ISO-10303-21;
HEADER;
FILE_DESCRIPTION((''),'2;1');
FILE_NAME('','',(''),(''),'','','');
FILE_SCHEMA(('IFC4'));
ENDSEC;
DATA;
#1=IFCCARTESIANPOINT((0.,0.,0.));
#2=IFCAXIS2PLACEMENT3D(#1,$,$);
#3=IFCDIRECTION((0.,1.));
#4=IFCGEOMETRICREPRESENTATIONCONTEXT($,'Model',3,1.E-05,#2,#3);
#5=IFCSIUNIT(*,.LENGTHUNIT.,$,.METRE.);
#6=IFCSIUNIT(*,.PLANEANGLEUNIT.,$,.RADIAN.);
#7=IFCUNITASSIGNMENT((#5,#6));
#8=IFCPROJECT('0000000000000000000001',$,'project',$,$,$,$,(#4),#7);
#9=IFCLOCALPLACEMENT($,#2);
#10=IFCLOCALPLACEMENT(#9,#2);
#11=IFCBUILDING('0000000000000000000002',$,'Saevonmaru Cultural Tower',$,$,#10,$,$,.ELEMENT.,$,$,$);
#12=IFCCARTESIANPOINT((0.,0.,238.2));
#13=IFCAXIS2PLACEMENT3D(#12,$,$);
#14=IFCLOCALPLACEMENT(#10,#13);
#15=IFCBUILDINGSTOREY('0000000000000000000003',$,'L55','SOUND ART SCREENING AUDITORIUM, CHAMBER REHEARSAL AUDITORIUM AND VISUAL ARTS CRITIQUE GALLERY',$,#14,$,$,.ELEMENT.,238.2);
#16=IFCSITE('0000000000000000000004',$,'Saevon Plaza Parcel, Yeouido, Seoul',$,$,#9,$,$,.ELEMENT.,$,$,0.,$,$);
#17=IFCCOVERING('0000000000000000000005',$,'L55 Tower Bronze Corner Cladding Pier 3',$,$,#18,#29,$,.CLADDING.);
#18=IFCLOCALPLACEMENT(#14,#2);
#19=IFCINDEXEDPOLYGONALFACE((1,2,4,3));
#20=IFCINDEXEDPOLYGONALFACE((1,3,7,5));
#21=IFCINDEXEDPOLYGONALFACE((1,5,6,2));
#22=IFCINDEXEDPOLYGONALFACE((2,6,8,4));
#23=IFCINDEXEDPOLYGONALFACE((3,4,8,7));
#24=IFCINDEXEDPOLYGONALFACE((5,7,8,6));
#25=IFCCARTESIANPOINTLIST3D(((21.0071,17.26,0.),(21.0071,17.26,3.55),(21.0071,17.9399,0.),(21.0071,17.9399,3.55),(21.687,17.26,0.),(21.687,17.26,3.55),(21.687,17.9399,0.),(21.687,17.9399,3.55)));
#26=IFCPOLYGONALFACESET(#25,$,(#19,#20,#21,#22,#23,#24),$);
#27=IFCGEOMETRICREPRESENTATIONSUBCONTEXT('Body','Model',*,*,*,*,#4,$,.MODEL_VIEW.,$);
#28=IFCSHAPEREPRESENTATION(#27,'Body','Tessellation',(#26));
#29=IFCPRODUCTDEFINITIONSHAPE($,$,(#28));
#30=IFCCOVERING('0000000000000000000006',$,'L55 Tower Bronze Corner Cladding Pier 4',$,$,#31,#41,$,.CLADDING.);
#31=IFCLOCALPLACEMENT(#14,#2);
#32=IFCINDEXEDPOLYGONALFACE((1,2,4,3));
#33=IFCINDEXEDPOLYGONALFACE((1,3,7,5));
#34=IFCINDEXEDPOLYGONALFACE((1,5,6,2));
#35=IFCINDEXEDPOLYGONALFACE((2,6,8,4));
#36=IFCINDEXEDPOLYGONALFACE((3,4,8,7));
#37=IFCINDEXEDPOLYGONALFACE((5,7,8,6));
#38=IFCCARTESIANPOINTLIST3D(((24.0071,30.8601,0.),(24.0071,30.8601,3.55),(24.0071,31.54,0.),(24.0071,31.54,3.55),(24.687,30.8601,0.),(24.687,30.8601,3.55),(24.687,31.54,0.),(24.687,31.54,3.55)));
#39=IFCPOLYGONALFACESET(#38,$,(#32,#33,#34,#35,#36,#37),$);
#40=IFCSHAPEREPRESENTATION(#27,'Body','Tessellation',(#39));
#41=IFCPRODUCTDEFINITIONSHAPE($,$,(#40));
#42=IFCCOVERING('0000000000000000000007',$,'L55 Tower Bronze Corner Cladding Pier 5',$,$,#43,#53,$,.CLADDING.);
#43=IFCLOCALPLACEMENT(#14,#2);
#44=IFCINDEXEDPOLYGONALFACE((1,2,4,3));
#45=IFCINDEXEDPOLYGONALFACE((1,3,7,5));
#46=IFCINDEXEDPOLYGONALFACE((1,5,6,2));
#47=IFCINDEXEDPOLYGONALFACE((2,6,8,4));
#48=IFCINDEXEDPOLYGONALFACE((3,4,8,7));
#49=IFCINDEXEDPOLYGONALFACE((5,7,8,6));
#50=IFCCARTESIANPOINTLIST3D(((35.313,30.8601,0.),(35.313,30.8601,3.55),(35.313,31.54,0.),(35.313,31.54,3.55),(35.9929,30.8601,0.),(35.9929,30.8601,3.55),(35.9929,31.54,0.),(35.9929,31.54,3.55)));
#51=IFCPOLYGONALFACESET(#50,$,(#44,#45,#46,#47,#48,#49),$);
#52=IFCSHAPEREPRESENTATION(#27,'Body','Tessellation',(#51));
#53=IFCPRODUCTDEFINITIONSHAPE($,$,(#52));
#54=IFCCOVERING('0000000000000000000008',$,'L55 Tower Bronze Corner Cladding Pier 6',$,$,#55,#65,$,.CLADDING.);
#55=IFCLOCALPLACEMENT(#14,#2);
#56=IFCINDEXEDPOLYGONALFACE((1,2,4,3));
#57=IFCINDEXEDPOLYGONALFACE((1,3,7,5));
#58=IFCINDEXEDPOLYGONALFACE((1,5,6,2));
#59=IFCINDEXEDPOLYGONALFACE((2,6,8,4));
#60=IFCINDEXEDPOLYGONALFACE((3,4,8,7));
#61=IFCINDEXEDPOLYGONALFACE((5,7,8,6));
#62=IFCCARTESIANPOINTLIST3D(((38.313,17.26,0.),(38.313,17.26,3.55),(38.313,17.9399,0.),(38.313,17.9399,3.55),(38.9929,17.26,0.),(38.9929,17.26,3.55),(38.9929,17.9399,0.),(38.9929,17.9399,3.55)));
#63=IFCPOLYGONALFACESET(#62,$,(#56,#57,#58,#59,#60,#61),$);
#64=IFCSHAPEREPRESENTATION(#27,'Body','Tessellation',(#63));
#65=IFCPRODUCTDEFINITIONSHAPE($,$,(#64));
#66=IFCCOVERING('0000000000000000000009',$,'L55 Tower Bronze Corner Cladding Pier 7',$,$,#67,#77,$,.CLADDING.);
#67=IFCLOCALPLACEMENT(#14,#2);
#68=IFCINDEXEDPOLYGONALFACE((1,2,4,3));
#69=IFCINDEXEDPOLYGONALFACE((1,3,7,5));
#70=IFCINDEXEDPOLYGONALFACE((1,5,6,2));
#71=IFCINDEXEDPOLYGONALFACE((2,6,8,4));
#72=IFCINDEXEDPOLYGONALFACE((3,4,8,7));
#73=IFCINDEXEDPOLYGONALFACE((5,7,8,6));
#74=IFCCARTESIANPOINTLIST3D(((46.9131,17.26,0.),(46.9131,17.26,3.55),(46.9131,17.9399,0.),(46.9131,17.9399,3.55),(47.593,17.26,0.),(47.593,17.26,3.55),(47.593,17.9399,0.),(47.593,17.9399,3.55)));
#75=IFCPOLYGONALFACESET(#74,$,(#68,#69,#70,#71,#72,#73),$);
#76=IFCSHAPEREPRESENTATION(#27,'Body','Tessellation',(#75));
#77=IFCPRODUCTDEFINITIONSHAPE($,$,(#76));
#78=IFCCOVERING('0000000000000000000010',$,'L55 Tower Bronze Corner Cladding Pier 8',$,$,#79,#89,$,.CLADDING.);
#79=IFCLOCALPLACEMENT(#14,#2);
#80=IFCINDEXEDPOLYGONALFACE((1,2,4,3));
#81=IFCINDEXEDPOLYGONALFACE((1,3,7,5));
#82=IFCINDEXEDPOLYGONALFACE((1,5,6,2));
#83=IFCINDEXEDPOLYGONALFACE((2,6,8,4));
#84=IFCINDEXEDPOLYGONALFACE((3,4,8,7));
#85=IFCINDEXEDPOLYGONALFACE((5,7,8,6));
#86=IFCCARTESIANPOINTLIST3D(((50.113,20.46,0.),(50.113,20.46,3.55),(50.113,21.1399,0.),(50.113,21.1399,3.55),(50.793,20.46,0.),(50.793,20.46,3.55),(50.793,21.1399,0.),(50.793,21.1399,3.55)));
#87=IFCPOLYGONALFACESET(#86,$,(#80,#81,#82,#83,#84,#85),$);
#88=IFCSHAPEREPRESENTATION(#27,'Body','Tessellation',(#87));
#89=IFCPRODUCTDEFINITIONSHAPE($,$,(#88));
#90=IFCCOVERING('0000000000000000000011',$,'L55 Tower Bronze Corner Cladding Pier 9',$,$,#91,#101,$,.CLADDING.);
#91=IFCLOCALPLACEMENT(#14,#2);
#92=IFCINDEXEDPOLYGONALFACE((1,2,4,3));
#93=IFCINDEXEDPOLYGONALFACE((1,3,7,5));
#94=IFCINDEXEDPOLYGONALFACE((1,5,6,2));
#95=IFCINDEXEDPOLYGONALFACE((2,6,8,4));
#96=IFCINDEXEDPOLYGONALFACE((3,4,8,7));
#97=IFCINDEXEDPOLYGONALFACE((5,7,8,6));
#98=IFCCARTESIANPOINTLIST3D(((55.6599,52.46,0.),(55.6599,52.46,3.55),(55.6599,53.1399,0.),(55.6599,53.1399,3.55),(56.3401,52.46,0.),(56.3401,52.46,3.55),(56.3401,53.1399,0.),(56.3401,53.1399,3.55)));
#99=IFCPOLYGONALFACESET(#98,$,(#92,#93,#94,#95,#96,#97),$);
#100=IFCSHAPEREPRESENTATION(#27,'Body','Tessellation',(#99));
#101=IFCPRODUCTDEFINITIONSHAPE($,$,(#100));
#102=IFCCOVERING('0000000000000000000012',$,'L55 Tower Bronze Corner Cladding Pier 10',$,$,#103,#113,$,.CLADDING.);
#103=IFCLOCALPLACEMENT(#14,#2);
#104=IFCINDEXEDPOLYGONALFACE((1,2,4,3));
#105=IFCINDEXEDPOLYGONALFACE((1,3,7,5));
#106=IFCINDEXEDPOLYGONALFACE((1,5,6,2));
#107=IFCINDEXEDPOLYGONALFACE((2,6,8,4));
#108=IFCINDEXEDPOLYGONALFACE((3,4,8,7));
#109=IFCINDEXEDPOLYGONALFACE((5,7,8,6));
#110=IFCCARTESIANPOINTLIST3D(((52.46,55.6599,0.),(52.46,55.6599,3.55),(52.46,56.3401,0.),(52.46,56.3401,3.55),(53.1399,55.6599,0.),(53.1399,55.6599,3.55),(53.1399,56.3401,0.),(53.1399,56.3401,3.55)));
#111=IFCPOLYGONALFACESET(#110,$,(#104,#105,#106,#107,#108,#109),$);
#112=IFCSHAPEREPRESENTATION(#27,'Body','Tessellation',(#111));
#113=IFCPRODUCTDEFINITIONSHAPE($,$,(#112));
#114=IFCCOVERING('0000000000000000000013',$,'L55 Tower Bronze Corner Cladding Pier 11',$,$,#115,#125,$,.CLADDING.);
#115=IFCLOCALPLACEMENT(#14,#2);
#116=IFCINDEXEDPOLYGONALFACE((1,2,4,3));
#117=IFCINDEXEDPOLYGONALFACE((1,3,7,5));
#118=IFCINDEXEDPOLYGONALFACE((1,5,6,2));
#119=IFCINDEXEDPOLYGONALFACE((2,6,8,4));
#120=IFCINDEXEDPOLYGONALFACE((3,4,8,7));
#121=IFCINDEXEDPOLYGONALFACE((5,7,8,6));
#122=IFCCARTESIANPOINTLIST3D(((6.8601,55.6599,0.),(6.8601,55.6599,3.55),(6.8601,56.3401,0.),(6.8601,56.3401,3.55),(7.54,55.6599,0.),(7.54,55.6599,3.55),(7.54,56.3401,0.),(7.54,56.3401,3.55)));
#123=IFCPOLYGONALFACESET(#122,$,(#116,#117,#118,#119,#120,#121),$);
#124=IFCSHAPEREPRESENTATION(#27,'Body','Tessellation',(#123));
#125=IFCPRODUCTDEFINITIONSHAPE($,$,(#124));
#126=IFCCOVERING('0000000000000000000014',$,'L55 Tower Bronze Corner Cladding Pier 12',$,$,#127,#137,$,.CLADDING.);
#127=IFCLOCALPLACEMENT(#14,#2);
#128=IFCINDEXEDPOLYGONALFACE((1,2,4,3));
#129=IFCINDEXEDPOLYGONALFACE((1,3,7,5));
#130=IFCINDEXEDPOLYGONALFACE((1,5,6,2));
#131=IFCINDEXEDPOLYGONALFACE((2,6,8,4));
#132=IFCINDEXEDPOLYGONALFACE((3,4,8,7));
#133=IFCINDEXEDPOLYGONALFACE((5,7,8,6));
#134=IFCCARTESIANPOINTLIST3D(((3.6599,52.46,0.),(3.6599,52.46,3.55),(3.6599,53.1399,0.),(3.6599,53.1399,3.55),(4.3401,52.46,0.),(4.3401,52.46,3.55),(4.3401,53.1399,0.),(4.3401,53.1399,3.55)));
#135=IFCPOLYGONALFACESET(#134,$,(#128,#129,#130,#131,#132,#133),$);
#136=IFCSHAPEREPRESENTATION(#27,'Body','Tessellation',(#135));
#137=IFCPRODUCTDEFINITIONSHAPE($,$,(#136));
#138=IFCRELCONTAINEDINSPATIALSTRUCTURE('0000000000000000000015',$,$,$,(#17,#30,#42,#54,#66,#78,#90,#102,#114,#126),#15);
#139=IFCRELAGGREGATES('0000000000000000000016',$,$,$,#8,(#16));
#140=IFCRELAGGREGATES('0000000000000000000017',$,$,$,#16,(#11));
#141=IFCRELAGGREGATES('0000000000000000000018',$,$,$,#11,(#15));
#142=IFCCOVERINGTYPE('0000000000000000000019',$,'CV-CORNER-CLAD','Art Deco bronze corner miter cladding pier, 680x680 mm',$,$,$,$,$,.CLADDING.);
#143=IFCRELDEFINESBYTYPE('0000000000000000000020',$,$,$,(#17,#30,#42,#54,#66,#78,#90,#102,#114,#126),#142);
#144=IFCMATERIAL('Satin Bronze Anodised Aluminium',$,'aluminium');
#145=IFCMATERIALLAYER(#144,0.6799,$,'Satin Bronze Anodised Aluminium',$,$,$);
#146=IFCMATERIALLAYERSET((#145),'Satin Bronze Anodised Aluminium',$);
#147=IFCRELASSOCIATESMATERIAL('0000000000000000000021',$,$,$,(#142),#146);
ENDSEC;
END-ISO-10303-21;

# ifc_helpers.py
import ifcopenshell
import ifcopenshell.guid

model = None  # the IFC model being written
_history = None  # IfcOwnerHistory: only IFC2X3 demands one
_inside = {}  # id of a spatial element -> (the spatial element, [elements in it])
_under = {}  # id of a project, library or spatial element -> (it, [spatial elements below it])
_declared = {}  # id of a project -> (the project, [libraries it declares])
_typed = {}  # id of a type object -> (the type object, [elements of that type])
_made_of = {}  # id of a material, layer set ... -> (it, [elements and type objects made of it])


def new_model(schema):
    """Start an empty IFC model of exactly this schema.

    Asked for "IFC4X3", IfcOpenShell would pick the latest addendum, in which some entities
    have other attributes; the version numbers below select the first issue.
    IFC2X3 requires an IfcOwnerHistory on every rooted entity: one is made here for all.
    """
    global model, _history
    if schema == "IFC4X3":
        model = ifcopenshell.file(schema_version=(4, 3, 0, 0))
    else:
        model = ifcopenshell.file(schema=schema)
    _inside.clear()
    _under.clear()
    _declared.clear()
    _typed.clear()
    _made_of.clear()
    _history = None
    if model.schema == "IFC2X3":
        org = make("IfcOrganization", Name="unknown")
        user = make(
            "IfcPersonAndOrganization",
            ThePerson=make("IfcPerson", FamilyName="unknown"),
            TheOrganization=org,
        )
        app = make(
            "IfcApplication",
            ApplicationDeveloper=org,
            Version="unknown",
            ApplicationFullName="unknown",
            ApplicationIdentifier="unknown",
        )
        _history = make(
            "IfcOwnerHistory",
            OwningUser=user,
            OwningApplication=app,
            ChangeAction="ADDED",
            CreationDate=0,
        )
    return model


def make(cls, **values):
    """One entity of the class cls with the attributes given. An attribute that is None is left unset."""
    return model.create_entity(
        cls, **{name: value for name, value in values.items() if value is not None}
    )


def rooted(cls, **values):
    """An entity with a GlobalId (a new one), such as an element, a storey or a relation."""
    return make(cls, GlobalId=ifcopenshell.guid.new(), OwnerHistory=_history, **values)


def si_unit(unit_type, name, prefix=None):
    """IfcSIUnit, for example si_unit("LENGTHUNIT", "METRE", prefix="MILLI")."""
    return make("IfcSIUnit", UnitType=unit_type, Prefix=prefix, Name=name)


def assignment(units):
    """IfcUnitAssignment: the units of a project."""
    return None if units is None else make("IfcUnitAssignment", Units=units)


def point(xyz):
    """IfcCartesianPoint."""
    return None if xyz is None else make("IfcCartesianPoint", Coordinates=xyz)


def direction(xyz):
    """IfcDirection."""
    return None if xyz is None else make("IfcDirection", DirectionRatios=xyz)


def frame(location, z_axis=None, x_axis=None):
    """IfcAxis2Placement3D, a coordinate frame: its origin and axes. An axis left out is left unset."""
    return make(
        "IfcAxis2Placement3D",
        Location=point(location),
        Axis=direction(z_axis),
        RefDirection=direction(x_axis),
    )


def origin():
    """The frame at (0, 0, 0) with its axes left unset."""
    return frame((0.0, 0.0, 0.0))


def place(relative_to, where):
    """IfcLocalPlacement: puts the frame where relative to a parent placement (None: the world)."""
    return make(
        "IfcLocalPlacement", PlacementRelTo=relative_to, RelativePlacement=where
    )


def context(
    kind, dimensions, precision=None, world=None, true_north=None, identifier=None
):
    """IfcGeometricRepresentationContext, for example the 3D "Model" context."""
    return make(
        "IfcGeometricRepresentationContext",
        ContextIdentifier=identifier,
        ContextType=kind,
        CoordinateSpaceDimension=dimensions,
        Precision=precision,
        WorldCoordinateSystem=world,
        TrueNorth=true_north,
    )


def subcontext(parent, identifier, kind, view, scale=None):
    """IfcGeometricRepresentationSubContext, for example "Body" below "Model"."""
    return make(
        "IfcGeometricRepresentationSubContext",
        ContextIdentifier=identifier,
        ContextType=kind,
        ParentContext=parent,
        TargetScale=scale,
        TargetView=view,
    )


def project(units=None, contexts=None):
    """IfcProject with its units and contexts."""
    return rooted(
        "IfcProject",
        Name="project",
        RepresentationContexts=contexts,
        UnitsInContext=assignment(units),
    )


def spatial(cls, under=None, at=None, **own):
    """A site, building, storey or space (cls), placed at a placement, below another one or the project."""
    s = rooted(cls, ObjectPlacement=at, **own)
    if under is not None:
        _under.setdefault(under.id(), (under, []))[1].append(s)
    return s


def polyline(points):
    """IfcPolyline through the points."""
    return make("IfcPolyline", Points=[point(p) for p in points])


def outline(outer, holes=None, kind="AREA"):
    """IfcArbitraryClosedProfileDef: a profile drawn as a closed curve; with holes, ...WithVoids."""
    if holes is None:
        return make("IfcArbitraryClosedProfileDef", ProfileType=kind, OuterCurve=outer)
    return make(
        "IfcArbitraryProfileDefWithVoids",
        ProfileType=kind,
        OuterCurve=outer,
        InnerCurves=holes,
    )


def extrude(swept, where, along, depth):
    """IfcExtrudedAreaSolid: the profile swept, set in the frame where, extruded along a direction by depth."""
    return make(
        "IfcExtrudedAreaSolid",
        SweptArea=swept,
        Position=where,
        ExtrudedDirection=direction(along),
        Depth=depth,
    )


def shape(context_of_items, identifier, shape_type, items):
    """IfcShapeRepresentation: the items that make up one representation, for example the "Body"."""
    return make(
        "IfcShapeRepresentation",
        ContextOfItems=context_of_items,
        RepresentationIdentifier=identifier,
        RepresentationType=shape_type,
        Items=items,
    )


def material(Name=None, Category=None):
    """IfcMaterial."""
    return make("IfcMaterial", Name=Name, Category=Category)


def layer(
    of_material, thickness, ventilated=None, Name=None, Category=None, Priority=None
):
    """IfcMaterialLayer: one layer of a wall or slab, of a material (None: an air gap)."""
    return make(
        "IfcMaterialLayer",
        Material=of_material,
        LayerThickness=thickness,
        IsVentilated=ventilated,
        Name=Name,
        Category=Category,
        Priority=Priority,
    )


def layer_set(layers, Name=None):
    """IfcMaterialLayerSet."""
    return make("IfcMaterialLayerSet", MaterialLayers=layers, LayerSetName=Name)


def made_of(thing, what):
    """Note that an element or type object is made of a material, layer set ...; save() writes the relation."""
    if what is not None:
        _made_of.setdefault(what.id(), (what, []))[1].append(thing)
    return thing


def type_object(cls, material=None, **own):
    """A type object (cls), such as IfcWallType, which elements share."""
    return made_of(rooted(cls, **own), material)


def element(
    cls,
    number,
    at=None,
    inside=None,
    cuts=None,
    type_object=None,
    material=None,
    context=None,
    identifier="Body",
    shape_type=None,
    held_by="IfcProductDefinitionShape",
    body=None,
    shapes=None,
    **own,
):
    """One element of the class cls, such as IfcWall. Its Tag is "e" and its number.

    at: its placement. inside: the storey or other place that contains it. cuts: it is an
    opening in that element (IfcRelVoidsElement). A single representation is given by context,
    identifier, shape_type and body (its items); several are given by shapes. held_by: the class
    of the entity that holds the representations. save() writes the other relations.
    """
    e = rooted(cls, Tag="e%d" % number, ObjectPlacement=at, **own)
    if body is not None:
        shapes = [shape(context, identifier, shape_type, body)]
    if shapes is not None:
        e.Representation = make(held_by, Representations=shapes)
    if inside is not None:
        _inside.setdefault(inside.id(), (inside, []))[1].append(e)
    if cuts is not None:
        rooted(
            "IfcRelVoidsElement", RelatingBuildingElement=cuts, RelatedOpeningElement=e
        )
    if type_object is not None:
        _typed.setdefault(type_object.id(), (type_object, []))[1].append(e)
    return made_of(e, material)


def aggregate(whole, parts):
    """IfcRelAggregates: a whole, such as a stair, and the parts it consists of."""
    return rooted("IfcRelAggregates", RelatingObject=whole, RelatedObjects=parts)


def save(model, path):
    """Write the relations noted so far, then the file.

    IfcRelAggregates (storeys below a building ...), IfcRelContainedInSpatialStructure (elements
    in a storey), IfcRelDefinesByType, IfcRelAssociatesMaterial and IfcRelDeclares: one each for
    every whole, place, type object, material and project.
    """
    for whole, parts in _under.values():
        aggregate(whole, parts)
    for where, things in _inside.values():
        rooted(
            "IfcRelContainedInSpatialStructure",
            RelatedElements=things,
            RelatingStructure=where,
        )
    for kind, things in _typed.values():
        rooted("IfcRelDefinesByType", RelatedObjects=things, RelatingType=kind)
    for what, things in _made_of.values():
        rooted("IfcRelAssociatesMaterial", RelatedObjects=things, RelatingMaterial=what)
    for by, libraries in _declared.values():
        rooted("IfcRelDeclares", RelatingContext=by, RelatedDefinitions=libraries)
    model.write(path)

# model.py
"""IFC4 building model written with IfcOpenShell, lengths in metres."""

from ifc_helpers import new_model, si_unit, direction, frame, origin, place, context, subcontext, project, spatial, polyline, outline, extrude, material, layer, layer_set, type_object, element, save


model = new_model("IFC4")

# Units and contexts
model_context = context("Model", 3, precision=1e-05, world=origin(), true_north=direction((0.0, 1.0)))
body_context = subcontext(model_context, "Body", "Model", "MODEL_VIEW")
ifc_project = project(units=[si_unit("LENGTHUNIT", "METRE"), si_unit("PLANEANGLEUNIT", "RADIAN")], contexts=[model_context])

# Site, building, storey
site_placement = place(None, origin())
site = spatial("IfcSite", under=ifc_project, at=site_placement, Name="Saevon Plaza Parcel, Yeouido, Seoul", CompositionType="ELEMENT", RefElevation=0.0)
building_placement = place(site_placement, origin())
building = spatial("IfcBuilding", under=site, at=building_placement, Name="Saevonmaru Cultural Tower", CompositionType="ELEMENT")
storey_placement = place(building_placement, frame((0.0, 0.0, 238.2)))
storey = spatial("IfcBuildingStorey", under=building, at=storey_placement, Name="L55", Description="SOUND ART SCREENING AUDITORIUM, CHAMBER REHEARSAL AUDITORIUM AND VISUAL ARTS CRITIQUE GALLERY", CompositionType="ELEMENT", Elevation=238.2)

# Shared definitions
ifc_material_1 = material(Name="Satin Bronze Anodised Aluminium", Category="aluminium")

# Coverings
ifc_layer_1 = layer(ifc_material_1, 0.6799, Name="Satin Bronze Anodised Aluminium")
ifc_layer_set_1 = layer_set([ifc_layer_1], Name="Satin Bronze Anodised Aluminium")
covering_type = type_object("IfcCoveringType", Name="CV-CORNER-CLAD", Description="Art Deco bronze corner miter cladding pier, 680x680 mm", PredefinedType="CLADDING", material=ifc_layer_set_1)
covering_1_placement = place(storey_placement, origin())
element("IfcCovering", 1, at=covering_1_placement, inside=storey, type_object=covering_type, Name="L55 Tower Bronze Corner Cladding Pier 3", PredefinedType="CLADDING", context=body_context, shape_type="SweptSolid", body=[
    extrude(outline(polyline([(21.0071, 17.26), (21.687, 17.26), (21.687, 17.9399), (21.0071, 17.9399), (21.0071, 17.26)])), origin(), (0.0, 0.0, 1.0), 3.55),
])
covering_2_placement = place(storey_placement, origin())
element("IfcCovering", 2, at=covering_2_placement, inside=storey, type_object=covering_type, Name="L55 Tower Bronze Corner Cladding Pier 4", PredefinedType="CLADDING", context=body_context, shape_type="SweptSolid", body=[
    extrude(outline(polyline([(24.0071, 30.8601), (24.687, 30.8601), (24.687, 31.54), (24.0071, 31.54), (24.0071, 30.8601)])), origin(), (0.0, 0.0, 1.0), 3.55),
])
covering_3_placement = place(storey_placement, origin())
element("IfcCovering", 3, at=covering_3_placement, inside=storey, type_object=covering_type, Name="L55 Tower Bronze Corner Cladding Pier 5", PredefinedType="CLADDING", context=body_context, shape_type="SweptSolid", body=[
    extrude(outline(polyline([(35.313, 30.8601), (35.9929, 30.8601), (35.9929, 31.54), (35.313, 31.54), (35.313, 30.8601)])), origin(), (0.0, 0.0, 1.0), 3.55),
])
covering_4_placement = place(storey_placement, origin())
element("IfcCovering", 4, at=covering_4_placement, inside=storey, type_object=covering_type, Name="L55 Tower Bronze Corner Cladding Pier 6", PredefinedType="CLADDING", context=body_context, shape_type="SweptSolid", body=[
    extrude(outline(polyline([(38.313, 17.26), (38.9929, 17.26), (38.9929, 17.9399), (38.313, 17.9399), (38.313, 17.26)])), origin(), (0.0, 0.0, 1.0), 3.55),
])
covering_5_placement = place(storey_placement, origin())
element("IfcCovering", 5, at=covering_5_placement, inside=storey, type_object=covering_type, Name="L55 Tower Bronze Corner Cladding Pier 7", PredefinedType="CLADDING", context=body_context, shape_type="SweptSolid", body=[
    extrude(outline(polyline([(46.9131, 17.26), (47.593, 17.26), (47.593, 17.9399), (46.9131, 17.9399), (46.9131, 17.26)])), origin(), (0.0, 0.0, 1.0), 3.55),
])
covering_6_placement = place(storey_placement, origin())
element("IfcCovering", 6, at=covering_6_placement, inside=storey, type_object=covering_type, Name="L55 Tower Bronze Corner Cladding Pier 8", PredefinedType="CLADDING", context=body_context, shape_type="SweptSolid", body=[
    extrude(outline(polyline([(50.113, 20.46), (50.793, 20.46), (50.793, 21.1399), (50.113, 21.1399), (50.113, 20.46)])), origin(), (0.0, 0.0, 1.0), 3.55),
])
covering_7_placement = place(storey_placement, origin())
element("IfcCovering", 7, at=covering_7_placement, inside=storey, type_object=covering_type, Name="L55 Tower Bronze Corner Cladding Pier 9", PredefinedType="CLADDING", context=body_context, shape_type="SweptSolid", body=[
    extrude(outline(polyline([(55.6599, 52.46), (56.3401, 52.46), (56.3401, 53.1399), (55.6599, 53.1399), (55.6599, 52.46)])), origin(), (0.0, 0.0, 1.0), 3.55),
])
covering_8_placement = place(storey_placement, origin())
element("IfcCovering", 8, at=covering_8_placement, inside=storey, type_object=covering_type, Name="L55 Tower Bronze Corner Cladding Pier 10", PredefinedType="CLADDING", context=body_context, shape_type="SweptSolid", body=[
    extrude(outline(polyline([(52.46, 55.6599), (53.1399, 55.6599), (53.1399, 56.3401), (52.46, 56.3401), (52.46, 55.6599)])), origin(), (0.0, 0.0, 1.0), 3.55),
])
covering_9_placement = place(storey_placement, origin())
element("IfcCovering", 9, at=covering_9_placement, inside=storey, type_object=covering_type, Name="L55 Tower Bronze Corner Cladding Pier 11", PredefinedType="CLADDING", context=body_context, shape_type="SweptSolid", body=[
    extrude(outline(polyline([(6.8601, 55.6599), (7.54, 55.6599), (7.54, 56.3401), (6.8601, 56.3401), (6.8601, 55.6599)])), origin(), (0.0, 0.0, 1.0), 3.55),
])
covering_10_placement = place(storey_placement, origin())
element("IfcCovering", 10, at=covering_10_placement, inside=storey, type_object=covering_type, Name="L55 Tower Bronze Corner Cladding Pier 12", PredefinedType="CLADDING", context=body_context, shape_type="SweptSolid", body=[
    extrude(outline(polyline([(3.6599, 52.46), (4.3401, 52.46), (4.3401, 53.1399), (3.6599, 53.1399), (3.6599, 52.46)])), origin(), (0.0, 0.0, 1.0), 3.55),
])

save(model, "model.ifc")
